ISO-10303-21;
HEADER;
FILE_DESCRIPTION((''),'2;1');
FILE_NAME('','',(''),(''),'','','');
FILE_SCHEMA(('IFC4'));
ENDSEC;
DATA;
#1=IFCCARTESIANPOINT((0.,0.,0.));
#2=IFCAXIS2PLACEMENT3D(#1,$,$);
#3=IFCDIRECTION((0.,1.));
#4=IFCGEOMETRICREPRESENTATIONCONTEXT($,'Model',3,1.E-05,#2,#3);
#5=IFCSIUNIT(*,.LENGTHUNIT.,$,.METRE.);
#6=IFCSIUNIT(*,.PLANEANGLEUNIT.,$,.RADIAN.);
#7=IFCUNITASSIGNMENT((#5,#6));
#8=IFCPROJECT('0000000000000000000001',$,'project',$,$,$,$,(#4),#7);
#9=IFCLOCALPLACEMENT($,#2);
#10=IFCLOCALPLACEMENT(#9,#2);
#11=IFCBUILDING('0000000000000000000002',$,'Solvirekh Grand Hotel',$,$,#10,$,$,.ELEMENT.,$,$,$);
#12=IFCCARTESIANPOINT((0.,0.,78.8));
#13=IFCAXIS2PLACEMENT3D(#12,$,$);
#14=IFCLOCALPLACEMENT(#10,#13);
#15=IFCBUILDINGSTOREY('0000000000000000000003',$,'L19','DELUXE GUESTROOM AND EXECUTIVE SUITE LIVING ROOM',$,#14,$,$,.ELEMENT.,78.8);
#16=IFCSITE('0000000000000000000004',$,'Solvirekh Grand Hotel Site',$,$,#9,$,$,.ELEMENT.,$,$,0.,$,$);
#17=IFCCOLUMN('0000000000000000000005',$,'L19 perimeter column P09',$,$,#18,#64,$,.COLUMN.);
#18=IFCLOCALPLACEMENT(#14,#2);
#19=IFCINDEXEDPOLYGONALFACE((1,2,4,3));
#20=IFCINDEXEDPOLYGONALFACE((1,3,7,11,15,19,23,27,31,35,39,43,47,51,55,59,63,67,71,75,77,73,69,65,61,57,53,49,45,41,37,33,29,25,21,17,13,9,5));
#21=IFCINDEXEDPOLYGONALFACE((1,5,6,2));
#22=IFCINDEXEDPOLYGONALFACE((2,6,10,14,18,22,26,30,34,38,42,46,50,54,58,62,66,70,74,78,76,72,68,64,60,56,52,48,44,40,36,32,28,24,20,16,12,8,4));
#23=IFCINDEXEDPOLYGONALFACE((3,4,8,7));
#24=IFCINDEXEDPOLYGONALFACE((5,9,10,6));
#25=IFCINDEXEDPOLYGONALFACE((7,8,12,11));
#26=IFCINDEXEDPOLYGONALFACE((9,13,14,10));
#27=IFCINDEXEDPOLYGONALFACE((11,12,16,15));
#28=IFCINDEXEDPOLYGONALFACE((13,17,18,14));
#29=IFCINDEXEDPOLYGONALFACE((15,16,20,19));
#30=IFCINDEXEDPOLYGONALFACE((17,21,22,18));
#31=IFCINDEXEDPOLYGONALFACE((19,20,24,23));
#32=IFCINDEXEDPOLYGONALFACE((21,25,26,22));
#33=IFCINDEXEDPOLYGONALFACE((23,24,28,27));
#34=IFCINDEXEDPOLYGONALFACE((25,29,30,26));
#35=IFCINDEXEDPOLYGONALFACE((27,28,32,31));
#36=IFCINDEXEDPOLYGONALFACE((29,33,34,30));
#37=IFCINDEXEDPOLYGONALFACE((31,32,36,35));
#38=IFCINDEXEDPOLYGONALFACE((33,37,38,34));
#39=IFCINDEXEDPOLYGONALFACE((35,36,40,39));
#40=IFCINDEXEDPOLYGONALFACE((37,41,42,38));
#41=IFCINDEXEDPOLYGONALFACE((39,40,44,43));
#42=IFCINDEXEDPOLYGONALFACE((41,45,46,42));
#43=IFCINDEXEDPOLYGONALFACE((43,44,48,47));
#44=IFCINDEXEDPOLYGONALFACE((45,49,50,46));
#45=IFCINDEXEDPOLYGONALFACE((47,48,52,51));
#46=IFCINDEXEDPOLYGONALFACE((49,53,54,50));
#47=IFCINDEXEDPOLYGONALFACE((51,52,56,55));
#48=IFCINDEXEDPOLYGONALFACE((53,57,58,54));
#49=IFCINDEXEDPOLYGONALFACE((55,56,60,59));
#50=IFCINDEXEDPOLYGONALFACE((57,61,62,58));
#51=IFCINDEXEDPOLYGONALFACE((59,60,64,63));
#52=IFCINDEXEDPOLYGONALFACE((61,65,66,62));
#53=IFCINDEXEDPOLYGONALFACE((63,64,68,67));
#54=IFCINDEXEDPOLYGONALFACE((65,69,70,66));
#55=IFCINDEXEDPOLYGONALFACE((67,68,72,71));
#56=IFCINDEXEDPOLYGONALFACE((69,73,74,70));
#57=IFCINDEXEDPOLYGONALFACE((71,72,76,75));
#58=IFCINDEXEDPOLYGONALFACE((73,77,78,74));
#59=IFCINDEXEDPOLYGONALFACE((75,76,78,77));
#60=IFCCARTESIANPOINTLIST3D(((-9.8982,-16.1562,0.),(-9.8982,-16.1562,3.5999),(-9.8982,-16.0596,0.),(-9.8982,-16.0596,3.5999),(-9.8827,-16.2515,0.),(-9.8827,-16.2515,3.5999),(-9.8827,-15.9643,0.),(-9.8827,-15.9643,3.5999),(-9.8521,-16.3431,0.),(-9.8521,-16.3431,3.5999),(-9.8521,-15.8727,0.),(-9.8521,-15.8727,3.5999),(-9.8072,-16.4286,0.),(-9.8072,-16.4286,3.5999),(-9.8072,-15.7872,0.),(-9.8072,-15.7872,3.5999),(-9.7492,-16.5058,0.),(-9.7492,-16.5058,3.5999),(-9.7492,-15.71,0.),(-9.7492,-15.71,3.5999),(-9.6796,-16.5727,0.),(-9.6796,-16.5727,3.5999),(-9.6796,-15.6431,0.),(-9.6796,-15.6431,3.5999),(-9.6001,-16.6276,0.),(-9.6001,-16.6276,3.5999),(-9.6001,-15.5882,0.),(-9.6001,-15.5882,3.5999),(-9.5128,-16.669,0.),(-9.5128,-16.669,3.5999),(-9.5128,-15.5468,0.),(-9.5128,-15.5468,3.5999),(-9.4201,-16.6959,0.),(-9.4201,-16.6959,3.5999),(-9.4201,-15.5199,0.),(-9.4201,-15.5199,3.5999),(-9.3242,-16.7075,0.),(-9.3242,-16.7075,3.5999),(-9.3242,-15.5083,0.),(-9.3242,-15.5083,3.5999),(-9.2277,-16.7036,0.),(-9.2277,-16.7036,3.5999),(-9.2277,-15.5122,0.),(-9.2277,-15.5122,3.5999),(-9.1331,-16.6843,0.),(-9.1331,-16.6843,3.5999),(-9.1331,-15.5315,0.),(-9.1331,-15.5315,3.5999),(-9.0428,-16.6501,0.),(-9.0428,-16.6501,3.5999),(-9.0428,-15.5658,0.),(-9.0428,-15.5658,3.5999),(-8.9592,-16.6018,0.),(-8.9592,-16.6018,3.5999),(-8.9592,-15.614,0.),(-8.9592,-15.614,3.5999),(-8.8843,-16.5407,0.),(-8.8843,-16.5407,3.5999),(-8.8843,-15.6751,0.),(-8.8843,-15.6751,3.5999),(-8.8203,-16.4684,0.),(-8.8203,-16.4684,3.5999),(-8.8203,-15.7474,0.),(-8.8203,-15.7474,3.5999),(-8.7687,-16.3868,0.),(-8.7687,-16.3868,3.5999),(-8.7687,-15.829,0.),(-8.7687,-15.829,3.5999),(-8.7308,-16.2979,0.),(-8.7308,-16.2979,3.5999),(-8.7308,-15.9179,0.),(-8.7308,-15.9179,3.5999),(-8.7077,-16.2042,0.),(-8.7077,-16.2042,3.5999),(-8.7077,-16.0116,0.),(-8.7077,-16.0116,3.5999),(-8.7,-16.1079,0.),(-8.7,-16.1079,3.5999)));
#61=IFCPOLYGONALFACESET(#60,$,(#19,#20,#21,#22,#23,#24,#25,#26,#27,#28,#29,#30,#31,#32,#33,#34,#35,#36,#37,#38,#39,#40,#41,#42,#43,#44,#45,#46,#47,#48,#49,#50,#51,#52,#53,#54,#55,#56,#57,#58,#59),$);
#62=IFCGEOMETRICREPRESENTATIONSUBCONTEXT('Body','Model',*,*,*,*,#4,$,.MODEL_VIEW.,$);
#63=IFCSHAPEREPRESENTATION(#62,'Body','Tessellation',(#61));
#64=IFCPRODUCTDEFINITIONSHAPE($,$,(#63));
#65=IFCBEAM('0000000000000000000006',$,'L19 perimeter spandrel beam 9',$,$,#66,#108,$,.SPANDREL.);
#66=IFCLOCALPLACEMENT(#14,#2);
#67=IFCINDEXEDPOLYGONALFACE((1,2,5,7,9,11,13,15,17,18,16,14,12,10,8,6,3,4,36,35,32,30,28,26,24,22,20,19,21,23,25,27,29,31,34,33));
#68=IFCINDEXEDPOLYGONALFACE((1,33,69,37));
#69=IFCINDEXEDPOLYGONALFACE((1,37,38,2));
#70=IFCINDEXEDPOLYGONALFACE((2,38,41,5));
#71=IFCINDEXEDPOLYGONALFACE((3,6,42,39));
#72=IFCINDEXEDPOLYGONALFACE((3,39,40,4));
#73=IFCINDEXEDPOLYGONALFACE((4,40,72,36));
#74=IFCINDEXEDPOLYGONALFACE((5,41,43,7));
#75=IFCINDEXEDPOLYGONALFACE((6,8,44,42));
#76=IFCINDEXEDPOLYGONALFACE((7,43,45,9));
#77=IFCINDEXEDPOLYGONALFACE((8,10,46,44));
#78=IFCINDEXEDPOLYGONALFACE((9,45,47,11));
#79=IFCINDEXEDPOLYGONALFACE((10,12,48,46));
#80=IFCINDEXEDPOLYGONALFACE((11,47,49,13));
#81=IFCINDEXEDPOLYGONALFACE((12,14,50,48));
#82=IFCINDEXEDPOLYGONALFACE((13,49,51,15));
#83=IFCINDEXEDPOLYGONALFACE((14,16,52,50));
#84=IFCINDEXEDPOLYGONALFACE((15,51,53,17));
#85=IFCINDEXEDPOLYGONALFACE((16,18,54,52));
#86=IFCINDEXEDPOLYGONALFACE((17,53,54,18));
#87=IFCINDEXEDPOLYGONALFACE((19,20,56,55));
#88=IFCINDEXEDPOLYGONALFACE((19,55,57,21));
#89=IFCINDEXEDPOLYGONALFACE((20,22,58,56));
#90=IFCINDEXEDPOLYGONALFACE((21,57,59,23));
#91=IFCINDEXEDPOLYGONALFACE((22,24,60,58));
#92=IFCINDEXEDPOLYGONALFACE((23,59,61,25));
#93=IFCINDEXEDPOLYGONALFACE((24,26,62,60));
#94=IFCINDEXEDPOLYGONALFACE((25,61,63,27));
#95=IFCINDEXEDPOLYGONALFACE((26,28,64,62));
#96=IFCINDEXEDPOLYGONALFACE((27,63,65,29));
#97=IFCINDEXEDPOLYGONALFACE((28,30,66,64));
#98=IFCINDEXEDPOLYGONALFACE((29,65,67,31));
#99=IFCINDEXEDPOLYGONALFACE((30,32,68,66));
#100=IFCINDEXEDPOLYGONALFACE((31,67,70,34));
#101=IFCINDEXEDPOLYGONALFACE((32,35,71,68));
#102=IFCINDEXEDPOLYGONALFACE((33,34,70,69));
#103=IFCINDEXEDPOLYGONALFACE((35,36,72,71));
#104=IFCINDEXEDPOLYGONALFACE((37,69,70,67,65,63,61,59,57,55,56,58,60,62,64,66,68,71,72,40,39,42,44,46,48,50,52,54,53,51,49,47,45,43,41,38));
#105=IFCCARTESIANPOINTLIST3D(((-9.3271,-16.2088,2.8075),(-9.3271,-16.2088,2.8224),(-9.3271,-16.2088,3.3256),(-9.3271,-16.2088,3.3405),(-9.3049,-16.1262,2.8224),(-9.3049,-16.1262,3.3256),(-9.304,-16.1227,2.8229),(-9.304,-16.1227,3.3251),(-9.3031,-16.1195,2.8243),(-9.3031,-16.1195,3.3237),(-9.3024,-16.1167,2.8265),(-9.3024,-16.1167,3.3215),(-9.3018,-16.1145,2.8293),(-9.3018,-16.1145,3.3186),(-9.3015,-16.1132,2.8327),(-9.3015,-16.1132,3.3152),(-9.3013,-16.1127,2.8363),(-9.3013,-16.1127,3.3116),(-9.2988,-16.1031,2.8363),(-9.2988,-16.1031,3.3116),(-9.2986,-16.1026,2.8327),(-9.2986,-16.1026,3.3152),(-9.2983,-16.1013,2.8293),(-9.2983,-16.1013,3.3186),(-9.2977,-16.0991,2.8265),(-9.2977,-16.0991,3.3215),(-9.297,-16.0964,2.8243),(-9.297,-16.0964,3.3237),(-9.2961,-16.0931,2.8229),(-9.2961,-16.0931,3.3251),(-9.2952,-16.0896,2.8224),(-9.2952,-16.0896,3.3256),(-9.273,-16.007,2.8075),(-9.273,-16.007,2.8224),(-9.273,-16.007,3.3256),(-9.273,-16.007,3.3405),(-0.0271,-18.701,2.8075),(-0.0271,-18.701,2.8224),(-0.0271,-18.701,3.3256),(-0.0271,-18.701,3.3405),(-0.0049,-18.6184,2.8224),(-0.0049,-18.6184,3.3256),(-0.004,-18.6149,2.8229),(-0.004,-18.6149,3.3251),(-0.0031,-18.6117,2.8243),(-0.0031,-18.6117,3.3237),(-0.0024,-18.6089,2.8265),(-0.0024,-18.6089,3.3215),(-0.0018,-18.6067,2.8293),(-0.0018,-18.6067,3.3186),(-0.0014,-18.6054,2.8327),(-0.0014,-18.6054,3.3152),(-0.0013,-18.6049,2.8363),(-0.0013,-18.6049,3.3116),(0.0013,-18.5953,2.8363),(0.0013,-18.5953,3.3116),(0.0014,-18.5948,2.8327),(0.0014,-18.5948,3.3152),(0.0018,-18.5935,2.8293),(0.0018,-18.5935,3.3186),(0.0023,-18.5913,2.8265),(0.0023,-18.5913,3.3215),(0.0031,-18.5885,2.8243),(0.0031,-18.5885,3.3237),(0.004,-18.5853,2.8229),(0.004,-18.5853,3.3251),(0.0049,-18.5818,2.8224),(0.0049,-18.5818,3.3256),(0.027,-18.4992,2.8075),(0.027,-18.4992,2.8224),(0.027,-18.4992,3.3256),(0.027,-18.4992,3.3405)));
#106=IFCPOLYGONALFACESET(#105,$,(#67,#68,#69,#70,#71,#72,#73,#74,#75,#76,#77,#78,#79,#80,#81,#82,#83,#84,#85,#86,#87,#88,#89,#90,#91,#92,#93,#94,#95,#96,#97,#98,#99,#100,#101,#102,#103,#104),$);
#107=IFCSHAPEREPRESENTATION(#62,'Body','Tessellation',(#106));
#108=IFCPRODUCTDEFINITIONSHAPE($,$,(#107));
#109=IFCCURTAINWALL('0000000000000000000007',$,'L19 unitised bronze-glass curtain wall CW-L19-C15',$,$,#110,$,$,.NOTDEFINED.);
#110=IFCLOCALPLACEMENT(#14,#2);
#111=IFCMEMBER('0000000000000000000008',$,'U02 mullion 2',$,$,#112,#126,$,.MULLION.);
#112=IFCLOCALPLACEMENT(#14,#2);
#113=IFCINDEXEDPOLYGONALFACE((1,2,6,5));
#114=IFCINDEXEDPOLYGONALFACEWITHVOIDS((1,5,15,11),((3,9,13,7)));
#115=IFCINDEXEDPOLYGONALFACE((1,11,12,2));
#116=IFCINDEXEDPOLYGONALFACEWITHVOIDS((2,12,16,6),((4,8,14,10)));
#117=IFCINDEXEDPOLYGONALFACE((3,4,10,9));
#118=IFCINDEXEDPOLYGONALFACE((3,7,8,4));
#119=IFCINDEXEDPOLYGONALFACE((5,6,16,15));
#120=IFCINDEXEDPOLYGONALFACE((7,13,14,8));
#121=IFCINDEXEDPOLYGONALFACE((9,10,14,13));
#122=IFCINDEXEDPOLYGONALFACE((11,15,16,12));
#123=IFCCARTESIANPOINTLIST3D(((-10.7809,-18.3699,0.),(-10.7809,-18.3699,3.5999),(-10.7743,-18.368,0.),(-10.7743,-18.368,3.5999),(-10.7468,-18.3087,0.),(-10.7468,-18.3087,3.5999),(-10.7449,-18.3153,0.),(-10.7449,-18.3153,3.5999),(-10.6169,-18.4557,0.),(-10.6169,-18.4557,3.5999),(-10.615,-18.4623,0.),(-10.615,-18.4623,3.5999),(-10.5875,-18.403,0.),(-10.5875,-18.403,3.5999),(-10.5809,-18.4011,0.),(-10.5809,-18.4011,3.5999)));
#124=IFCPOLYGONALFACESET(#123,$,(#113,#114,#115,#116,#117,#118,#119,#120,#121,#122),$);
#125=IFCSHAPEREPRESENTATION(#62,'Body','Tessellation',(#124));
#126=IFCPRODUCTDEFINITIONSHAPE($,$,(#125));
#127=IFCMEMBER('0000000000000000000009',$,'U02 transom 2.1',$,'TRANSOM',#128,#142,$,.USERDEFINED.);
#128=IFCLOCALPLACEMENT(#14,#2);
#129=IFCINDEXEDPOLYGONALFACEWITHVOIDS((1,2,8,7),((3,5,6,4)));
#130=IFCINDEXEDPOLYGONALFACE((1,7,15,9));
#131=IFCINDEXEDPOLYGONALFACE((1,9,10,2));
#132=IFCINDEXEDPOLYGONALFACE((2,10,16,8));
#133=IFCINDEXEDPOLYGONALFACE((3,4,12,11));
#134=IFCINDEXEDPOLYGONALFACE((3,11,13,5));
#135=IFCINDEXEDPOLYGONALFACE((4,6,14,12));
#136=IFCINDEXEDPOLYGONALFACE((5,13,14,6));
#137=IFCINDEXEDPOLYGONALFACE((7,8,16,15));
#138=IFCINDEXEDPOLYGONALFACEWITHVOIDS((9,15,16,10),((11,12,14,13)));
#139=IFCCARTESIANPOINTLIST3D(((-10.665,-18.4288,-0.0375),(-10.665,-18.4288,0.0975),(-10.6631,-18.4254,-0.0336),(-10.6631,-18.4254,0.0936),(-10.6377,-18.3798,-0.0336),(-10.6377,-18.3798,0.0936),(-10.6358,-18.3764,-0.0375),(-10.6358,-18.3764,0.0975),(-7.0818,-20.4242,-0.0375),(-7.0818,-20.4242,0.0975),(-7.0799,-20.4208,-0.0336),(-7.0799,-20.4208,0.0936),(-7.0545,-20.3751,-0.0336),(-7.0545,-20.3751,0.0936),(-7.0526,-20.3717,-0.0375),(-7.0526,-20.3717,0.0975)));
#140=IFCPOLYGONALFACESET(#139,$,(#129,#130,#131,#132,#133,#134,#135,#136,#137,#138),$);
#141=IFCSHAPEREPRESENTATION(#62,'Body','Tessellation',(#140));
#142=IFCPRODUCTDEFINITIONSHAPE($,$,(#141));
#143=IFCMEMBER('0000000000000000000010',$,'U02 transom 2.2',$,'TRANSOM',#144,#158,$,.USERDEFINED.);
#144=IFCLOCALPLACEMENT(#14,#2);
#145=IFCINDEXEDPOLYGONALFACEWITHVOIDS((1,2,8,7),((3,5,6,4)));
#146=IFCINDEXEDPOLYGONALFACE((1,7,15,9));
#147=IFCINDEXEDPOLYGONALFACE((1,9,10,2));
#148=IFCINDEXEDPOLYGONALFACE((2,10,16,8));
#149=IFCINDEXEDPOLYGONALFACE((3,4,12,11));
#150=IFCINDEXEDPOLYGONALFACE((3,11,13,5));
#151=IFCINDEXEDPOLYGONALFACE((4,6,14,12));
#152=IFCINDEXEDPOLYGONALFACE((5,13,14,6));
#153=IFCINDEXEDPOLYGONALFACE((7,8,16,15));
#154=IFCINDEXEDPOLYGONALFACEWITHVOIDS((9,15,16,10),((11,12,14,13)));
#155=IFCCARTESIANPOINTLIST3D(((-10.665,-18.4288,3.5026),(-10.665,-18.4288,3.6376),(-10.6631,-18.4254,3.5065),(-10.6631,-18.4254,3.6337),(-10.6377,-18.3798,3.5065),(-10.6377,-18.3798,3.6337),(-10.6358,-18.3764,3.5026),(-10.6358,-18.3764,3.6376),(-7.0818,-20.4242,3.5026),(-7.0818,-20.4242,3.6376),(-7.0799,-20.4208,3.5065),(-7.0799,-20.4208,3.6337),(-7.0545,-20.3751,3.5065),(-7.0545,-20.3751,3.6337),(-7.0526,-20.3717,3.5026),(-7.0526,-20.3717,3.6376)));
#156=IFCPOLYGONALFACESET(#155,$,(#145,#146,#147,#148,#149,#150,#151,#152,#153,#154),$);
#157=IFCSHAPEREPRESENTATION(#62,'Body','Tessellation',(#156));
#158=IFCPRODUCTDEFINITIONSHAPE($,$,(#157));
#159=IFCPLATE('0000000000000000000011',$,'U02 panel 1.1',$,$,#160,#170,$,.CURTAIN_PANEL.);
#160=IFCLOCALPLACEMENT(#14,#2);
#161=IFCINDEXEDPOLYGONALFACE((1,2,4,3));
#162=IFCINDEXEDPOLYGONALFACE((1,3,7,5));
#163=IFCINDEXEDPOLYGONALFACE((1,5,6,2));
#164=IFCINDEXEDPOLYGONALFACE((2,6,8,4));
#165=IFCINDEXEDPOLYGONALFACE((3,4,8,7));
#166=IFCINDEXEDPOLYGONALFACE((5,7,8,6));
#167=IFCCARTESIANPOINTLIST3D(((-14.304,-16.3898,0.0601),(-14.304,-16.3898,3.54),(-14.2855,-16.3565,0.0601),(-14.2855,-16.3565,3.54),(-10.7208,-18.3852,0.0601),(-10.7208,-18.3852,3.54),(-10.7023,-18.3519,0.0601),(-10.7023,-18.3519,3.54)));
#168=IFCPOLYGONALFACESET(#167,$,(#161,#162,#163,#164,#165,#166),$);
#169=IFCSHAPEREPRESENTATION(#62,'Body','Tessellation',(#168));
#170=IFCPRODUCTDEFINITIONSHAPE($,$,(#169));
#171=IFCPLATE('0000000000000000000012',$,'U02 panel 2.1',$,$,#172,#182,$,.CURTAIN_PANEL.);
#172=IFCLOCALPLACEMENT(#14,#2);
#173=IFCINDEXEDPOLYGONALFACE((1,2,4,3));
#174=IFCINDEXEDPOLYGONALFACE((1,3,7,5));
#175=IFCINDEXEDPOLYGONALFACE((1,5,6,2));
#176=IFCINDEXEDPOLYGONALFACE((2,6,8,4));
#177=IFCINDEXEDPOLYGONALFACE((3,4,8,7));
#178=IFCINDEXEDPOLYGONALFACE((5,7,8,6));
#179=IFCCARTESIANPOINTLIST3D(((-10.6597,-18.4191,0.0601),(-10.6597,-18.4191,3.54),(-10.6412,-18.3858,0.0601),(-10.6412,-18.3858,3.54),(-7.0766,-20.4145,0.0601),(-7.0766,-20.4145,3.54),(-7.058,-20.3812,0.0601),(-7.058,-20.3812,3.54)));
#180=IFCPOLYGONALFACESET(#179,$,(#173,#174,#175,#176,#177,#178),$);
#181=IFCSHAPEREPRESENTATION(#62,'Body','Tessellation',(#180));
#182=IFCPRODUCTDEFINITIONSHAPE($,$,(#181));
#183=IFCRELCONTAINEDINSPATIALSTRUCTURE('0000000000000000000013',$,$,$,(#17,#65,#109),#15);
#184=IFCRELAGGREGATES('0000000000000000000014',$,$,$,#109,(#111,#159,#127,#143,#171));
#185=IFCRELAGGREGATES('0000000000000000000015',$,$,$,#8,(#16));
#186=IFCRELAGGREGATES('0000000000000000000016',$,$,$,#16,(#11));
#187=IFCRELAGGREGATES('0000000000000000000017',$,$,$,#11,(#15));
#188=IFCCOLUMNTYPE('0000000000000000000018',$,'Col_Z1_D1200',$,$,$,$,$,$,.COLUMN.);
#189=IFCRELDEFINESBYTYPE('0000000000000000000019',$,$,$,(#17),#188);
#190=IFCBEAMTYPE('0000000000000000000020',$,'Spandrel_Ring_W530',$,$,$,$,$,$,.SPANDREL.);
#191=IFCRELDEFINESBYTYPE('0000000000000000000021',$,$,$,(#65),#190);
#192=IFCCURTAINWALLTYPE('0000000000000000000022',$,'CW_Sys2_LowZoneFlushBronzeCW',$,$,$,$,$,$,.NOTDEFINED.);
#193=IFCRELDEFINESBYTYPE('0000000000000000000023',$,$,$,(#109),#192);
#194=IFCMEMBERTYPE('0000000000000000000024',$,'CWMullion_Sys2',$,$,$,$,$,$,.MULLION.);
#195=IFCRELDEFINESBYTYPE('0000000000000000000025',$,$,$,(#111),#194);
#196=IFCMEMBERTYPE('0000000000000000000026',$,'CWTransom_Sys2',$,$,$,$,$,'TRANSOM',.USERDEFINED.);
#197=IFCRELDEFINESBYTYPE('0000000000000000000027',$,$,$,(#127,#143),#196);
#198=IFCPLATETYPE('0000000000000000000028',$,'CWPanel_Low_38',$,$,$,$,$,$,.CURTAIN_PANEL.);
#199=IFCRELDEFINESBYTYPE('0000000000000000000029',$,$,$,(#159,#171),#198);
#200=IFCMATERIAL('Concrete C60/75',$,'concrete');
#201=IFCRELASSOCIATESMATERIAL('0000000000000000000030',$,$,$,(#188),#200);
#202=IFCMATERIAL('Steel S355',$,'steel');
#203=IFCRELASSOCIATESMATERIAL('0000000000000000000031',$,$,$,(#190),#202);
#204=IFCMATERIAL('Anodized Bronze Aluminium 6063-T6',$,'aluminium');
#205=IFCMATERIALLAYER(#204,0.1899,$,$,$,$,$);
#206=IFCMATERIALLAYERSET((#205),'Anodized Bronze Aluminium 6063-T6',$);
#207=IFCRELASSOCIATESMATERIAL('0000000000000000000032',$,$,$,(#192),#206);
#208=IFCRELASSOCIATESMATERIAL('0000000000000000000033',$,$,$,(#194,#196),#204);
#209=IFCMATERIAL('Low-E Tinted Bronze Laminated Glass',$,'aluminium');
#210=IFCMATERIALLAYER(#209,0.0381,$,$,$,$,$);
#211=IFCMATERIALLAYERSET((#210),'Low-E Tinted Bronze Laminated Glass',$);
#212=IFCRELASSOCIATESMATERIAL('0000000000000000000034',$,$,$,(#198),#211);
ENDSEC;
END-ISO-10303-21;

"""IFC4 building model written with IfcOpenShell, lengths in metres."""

from ifc_helpers import new_model, si_unit, direction, frame, origin, origin_2d, place, context, subcontext, project, spatial, rectangle, hollow_rectangle, circle, i_section, extrude, source, transform, mapped, material, layer, layer_set, material_profile, profile_set, type_object, element, aggregate, save


model = new_model("IFC4")

# Units and contexts
model_context = context("Model", 3, precision=1e-05, world=origin(), true_north=direction((0.0, 1.0)))
body_context = subcontext(model_context, "Body", "Model", "MODEL_VIEW")
ifc_project = project(units=[si_unit("LENGTHUNIT", "METRE"), si_unit("PLANEANGLEUNIT", "RADIAN")], contexts=[model_context])

# Site, building, storey
site_placement = place(None, origin())
site = spatial("IfcSite", under=ifc_project, at=site_placement, Name="Solvirekh Grand Hotel Site", CompositionType="ELEMENT", RefElevation=0.0)
building_placement = place(site_placement, origin())
building = spatial("IfcBuilding", under=site, at=building_placement, Name="Solvirekh Grand Hotel", CompositionType="ELEMENT")
storey_placement = place(building_placement, frame((0.0, 0.0, 78.8)))
storey = spatial("IfcBuildingStorey", under=building, at=storey_placement, Name="L19", Description="DELUXE GUESTROOM AND EXECUTIVE SUITE LIVING ROOM", CompositionType="ELEMENT", Elevation=78.8)

# Column
ifc_material_1 = material(Name="Concrete C60/75", Category="concrete")
ifc_material_profile_1 = material_profile(ifc_material_1, circle(Radius=0.6001, at=origin_2d()), Name="RC CIRC D1200")
ifc_profile_set_1 = profile_set([ifc_material_profile_1], Name="Concrete C60/75")
column_type = type_object("IfcColumnType", Name="Col_Z1_D1200", PredefinedType="COLUMN", material=ifc_profile_set_1)
column_placement = place(storey_placement, frame((-9.3, -16.1079, 0.0), z_axis=(0.0, 0.0, 1.0), x_axis=(1.0, 0.0, 0.0)))
element("IfcColumn", 1, at=column_placement, inside=storey, type_object=column_type, Name="L19 perimeter column P09", PredefinedType="COLUMN", context=body_context, shape_type="SweptSolid", body=[
    extrude(circle(Radius=0.6001, at=origin_2d()), origin(), (0.0, 0.0, 1.0), 3.5999),
])

# Beam
ifc_material_2 = material(Name="Steel S355", Category="steel")
ifc_material_profile_2 = material_profile(ifc_material_2, i_section(OverallWidth=0.209, OverallDepth=0.533, WebThickness=0.01, FlangeThickness=0.0149, FilletRadius=0.0139, at=origin_2d()), Name="W530X92")
ifc_profile_set_2 = profile_set([ifc_material_profile_2], Name="Steel S355")
beam_type = type_object("IfcBeamType", Name="Spandrel_Ring_W530", PredefinedType="SPANDREL", material=ifc_profile_set_2)
beam_placement = place(storey_placement, frame((-9.3, -16.1079, 3.074), z_axis=(0.965919, -0.258843, 0.0), x_axis=(0.258843, 0.965919, 0.0)))
element("IfcBeam", 2, at=beam_placement, inside=storey, type_object=beam_type, Name="L19 perimeter spandrel beam 9", PredefinedType="SPANDREL", context=body_context, shape_type="SweptSolid", body=[
    extrude(i_section(OverallWidth=0.209, OverallDepth=0.533, WebThickness=0.01, FlangeThickness=0.0149, FilletRadius=0.0139, at=origin_2d()), origin(), (0.0, 0.0, 1.0), 9.6282),
])

# Curtain wall, members, plates
ifc_material_3 = material(Name="Anodized Bronze Aluminium 6063-T6", Category="aluminium")
ifc_layer_1 = layer(ifc_material_3, 0.1899)
ifc_layer_set_1 = layer_set([ifc_layer_1], Name="Anodized Bronze Aluminium 6063-T6")
curtain_wall_type = type_object("IfcCurtainWallType", Name="CW_Sys2_LowZoneFlushBronzeCW", PredefinedType="NOTDEFINED", material=ifc_layer_set_1)
curtain_wall_placement = place(storey_placement, origin())
curtain_wall = element("IfcCurtainWall", 3, at=curtain_wall_placement, inside=storey, type_object=curtain_wall_type, Name="L19 unitised bronze-glass curtain wall CW-L19-C15", PredefinedType="NOTDEFINED")
ifc_material_profile_3 = material_profile(ifc_material_3, hollow_rectangle(XDim=0.0701, YDim=0.1899, WallThickness=0.0049, at=origin_2d()), Name="ALU RHS 190X70X5")
ifc_profile_set_3 = profile_set([ifc_material_profile_3], Name="Anodized Bronze Aluminium 6063-T6")
member_type_1 = type_object("IfcMemberType", Name="CWMullion_Sys2", PredefinedType="MULLION", material=ifc_profile_set_3)
shared_shape_1 = source(origin(), body_context, "Body", "SweptSolid", [
    extrude(hollow_rectangle(XDim=0.0701, YDim=0.1899, WallThickness=0.0049, at=origin_2d()), origin(), (0.0, 0.0, 1.0), 3.5999),
])
member_1_placement = place(storey_placement, frame((-10.6809, -18.3855, 0.0), z_axis=(0.0, 0.0, 1.0), x_axis=(0.486521, 0.873669, 0.0)))
member_1 = element("IfcMember", 4, at=member_1_placement, type_object=member_type_1, Name="U02 mullion 2", PredefinedType="MULLION", context=body_context, shape_type="MappedRepresentation", body=[
    mapped(shared_shape_1, transform((0.0, 0.0, 0.0), x_axis=(1.0, 0.0, 0.0), y_axis=(0.0, 1.0, 0.0), z_axis=(0.0, 0.0, 1.0), scale=1.0)),
])
ifc_material_profile_4 = material_profile(ifc_material_3, hollow_rectangle(XDim=0.0601, YDim=0.135, WallThickness=0.0039, at=origin_2d()), Name="ALU RHS 135X60X4")
ifc_profile_set_4 = profile_set([ifc_material_profile_4], Name="Anodized Bronze Aluminium 6063-T6")
member_type_2 = type_object("IfcMemberType", Name="CWTransom_Sys2", ElementType="TRANSOM", PredefinedType="USERDEFINED", material=ifc_profile_set_4)
shared_shape_2 = source(origin(), body_context, "Body", "SweptSolid", [
    extrude(hollow_rectangle(XDim=0.0601, YDim=0.135, WallThickness=0.0039, at=origin_2d()), origin(), (0.0, 0.0, 1.0), 4.1013),
])
member_2_placement = place(storey_placement, frame((-10.6504, -18.4026, 0.03), z_axis=(0.873674, -0.486512, 0.0), x_axis=(0.486512, 0.873674, 0.0)))
member_2 = element("IfcMember", 5, at=member_2_placement, type_object=member_type_2, Name="U02 transom 2.1", ObjectType="TRANSOM", PredefinedType="USERDEFINED", context=body_context, shape_type="MappedRepresentation", body=[
    mapped(shared_shape_2, transform((0.0, 0.0, 0.0), x_axis=(1.0, 0.0, 0.0), y_axis=(0.0, 1.0, 0.0), z_axis=(0.0, 0.0, 1.0), scale=1.0)),
])
member_3_placement = place(storey_placement, frame((-10.6504, -18.4026, 3.5701), z_axis=(0.873674, -0.486512, 0.0), x_axis=(0.486512, 0.873674, 0.0)))
member_3 = element("IfcMember", 6, at=member_3_placement, type_object=member_type_2, Name="U02 transom 2.2", ObjectType="TRANSOM", PredefinedType="USERDEFINED", context=body_context, shape_type="MappedRepresentation", body=[
    mapped(shared_shape_2, transform((0.0, 0.0, 0.0), x_axis=(1.0, 0.0, 0.0), y_axis=(0.0, 1.0, 0.0), z_axis=(0.0, 0.0, 1.0), scale=1.0)),
])
ifc_material_4 = material(Name="Low-E Tinted Bronze Laminated Glass", Category="aluminium")
ifc_layer_2 = layer(ifc_material_4, 0.0381)
ifc_layer_set_2 = layer_set([ifc_layer_2], Name="Low-E Tinted Bronze Laminated Glass")
plate_type = type_object("IfcPlateType", Name="CWPanel_Low_38", PredefinedType="CURTAIN_PANEL", material=ifc_layer_set_2)
shared_shape_3 = source(origin(), body_context, "Body", "SweptSolid", [
    extrude(rectangle(XDim=4.1013, YDim=0.0381, at=origin_2d()), origin(), (0.0, 0.0, 1.0), 3.48),
])
plate_1_placement = place(storey_placement, frame((-12.5032, -17.3708, 0.0601), z_axis=(0.0, 0.0, 1.0), x_axis=(0.873669, -0.486521, 0.0)))
plate_1 = element("IfcPlate", 7, at=plate_1_placement, type_object=plate_type, Name="U02 panel 1.1", PredefinedType="CURTAIN_PANEL", context=body_context, shape_type="MappedRepresentation", body=[
    mapped(shared_shape_3, transform((0.0, 0.0, 0.0), x_axis=(1.0, 0.0, 0.0), y_axis=(0.0, 1.0, 0.0), z_axis=(0.0, 0.0, 1.0), scale=1.0)),
])
plate_2_placement = place(storey_placement, frame((-8.8589, -19.4001, 0.0601), z_axis=(0.0, 0.0, 1.0), x_axis=(0.873669, -0.486521, 0.0)))
plate_2 = element("IfcPlate", 8, at=plate_2_placement, type_object=plate_type, Name="U02 panel 2.1", PredefinedType="CURTAIN_PANEL", context=body_context, shape_type="MappedRepresentation", body=[
    mapped(shared_shape_3, transform((0.0, 0.0, 0.0), x_axis=(1.0, 0.0, 0.0), y_axis=(0.0, 1.0, 0.0), z_axis=(0.0, 0.0, 1.0), scale=1.0)),
])
aggregate(curtain_wall, [member_1, plate_1, member_2, member_3, plate_2])

save(model, "model.ifc")
